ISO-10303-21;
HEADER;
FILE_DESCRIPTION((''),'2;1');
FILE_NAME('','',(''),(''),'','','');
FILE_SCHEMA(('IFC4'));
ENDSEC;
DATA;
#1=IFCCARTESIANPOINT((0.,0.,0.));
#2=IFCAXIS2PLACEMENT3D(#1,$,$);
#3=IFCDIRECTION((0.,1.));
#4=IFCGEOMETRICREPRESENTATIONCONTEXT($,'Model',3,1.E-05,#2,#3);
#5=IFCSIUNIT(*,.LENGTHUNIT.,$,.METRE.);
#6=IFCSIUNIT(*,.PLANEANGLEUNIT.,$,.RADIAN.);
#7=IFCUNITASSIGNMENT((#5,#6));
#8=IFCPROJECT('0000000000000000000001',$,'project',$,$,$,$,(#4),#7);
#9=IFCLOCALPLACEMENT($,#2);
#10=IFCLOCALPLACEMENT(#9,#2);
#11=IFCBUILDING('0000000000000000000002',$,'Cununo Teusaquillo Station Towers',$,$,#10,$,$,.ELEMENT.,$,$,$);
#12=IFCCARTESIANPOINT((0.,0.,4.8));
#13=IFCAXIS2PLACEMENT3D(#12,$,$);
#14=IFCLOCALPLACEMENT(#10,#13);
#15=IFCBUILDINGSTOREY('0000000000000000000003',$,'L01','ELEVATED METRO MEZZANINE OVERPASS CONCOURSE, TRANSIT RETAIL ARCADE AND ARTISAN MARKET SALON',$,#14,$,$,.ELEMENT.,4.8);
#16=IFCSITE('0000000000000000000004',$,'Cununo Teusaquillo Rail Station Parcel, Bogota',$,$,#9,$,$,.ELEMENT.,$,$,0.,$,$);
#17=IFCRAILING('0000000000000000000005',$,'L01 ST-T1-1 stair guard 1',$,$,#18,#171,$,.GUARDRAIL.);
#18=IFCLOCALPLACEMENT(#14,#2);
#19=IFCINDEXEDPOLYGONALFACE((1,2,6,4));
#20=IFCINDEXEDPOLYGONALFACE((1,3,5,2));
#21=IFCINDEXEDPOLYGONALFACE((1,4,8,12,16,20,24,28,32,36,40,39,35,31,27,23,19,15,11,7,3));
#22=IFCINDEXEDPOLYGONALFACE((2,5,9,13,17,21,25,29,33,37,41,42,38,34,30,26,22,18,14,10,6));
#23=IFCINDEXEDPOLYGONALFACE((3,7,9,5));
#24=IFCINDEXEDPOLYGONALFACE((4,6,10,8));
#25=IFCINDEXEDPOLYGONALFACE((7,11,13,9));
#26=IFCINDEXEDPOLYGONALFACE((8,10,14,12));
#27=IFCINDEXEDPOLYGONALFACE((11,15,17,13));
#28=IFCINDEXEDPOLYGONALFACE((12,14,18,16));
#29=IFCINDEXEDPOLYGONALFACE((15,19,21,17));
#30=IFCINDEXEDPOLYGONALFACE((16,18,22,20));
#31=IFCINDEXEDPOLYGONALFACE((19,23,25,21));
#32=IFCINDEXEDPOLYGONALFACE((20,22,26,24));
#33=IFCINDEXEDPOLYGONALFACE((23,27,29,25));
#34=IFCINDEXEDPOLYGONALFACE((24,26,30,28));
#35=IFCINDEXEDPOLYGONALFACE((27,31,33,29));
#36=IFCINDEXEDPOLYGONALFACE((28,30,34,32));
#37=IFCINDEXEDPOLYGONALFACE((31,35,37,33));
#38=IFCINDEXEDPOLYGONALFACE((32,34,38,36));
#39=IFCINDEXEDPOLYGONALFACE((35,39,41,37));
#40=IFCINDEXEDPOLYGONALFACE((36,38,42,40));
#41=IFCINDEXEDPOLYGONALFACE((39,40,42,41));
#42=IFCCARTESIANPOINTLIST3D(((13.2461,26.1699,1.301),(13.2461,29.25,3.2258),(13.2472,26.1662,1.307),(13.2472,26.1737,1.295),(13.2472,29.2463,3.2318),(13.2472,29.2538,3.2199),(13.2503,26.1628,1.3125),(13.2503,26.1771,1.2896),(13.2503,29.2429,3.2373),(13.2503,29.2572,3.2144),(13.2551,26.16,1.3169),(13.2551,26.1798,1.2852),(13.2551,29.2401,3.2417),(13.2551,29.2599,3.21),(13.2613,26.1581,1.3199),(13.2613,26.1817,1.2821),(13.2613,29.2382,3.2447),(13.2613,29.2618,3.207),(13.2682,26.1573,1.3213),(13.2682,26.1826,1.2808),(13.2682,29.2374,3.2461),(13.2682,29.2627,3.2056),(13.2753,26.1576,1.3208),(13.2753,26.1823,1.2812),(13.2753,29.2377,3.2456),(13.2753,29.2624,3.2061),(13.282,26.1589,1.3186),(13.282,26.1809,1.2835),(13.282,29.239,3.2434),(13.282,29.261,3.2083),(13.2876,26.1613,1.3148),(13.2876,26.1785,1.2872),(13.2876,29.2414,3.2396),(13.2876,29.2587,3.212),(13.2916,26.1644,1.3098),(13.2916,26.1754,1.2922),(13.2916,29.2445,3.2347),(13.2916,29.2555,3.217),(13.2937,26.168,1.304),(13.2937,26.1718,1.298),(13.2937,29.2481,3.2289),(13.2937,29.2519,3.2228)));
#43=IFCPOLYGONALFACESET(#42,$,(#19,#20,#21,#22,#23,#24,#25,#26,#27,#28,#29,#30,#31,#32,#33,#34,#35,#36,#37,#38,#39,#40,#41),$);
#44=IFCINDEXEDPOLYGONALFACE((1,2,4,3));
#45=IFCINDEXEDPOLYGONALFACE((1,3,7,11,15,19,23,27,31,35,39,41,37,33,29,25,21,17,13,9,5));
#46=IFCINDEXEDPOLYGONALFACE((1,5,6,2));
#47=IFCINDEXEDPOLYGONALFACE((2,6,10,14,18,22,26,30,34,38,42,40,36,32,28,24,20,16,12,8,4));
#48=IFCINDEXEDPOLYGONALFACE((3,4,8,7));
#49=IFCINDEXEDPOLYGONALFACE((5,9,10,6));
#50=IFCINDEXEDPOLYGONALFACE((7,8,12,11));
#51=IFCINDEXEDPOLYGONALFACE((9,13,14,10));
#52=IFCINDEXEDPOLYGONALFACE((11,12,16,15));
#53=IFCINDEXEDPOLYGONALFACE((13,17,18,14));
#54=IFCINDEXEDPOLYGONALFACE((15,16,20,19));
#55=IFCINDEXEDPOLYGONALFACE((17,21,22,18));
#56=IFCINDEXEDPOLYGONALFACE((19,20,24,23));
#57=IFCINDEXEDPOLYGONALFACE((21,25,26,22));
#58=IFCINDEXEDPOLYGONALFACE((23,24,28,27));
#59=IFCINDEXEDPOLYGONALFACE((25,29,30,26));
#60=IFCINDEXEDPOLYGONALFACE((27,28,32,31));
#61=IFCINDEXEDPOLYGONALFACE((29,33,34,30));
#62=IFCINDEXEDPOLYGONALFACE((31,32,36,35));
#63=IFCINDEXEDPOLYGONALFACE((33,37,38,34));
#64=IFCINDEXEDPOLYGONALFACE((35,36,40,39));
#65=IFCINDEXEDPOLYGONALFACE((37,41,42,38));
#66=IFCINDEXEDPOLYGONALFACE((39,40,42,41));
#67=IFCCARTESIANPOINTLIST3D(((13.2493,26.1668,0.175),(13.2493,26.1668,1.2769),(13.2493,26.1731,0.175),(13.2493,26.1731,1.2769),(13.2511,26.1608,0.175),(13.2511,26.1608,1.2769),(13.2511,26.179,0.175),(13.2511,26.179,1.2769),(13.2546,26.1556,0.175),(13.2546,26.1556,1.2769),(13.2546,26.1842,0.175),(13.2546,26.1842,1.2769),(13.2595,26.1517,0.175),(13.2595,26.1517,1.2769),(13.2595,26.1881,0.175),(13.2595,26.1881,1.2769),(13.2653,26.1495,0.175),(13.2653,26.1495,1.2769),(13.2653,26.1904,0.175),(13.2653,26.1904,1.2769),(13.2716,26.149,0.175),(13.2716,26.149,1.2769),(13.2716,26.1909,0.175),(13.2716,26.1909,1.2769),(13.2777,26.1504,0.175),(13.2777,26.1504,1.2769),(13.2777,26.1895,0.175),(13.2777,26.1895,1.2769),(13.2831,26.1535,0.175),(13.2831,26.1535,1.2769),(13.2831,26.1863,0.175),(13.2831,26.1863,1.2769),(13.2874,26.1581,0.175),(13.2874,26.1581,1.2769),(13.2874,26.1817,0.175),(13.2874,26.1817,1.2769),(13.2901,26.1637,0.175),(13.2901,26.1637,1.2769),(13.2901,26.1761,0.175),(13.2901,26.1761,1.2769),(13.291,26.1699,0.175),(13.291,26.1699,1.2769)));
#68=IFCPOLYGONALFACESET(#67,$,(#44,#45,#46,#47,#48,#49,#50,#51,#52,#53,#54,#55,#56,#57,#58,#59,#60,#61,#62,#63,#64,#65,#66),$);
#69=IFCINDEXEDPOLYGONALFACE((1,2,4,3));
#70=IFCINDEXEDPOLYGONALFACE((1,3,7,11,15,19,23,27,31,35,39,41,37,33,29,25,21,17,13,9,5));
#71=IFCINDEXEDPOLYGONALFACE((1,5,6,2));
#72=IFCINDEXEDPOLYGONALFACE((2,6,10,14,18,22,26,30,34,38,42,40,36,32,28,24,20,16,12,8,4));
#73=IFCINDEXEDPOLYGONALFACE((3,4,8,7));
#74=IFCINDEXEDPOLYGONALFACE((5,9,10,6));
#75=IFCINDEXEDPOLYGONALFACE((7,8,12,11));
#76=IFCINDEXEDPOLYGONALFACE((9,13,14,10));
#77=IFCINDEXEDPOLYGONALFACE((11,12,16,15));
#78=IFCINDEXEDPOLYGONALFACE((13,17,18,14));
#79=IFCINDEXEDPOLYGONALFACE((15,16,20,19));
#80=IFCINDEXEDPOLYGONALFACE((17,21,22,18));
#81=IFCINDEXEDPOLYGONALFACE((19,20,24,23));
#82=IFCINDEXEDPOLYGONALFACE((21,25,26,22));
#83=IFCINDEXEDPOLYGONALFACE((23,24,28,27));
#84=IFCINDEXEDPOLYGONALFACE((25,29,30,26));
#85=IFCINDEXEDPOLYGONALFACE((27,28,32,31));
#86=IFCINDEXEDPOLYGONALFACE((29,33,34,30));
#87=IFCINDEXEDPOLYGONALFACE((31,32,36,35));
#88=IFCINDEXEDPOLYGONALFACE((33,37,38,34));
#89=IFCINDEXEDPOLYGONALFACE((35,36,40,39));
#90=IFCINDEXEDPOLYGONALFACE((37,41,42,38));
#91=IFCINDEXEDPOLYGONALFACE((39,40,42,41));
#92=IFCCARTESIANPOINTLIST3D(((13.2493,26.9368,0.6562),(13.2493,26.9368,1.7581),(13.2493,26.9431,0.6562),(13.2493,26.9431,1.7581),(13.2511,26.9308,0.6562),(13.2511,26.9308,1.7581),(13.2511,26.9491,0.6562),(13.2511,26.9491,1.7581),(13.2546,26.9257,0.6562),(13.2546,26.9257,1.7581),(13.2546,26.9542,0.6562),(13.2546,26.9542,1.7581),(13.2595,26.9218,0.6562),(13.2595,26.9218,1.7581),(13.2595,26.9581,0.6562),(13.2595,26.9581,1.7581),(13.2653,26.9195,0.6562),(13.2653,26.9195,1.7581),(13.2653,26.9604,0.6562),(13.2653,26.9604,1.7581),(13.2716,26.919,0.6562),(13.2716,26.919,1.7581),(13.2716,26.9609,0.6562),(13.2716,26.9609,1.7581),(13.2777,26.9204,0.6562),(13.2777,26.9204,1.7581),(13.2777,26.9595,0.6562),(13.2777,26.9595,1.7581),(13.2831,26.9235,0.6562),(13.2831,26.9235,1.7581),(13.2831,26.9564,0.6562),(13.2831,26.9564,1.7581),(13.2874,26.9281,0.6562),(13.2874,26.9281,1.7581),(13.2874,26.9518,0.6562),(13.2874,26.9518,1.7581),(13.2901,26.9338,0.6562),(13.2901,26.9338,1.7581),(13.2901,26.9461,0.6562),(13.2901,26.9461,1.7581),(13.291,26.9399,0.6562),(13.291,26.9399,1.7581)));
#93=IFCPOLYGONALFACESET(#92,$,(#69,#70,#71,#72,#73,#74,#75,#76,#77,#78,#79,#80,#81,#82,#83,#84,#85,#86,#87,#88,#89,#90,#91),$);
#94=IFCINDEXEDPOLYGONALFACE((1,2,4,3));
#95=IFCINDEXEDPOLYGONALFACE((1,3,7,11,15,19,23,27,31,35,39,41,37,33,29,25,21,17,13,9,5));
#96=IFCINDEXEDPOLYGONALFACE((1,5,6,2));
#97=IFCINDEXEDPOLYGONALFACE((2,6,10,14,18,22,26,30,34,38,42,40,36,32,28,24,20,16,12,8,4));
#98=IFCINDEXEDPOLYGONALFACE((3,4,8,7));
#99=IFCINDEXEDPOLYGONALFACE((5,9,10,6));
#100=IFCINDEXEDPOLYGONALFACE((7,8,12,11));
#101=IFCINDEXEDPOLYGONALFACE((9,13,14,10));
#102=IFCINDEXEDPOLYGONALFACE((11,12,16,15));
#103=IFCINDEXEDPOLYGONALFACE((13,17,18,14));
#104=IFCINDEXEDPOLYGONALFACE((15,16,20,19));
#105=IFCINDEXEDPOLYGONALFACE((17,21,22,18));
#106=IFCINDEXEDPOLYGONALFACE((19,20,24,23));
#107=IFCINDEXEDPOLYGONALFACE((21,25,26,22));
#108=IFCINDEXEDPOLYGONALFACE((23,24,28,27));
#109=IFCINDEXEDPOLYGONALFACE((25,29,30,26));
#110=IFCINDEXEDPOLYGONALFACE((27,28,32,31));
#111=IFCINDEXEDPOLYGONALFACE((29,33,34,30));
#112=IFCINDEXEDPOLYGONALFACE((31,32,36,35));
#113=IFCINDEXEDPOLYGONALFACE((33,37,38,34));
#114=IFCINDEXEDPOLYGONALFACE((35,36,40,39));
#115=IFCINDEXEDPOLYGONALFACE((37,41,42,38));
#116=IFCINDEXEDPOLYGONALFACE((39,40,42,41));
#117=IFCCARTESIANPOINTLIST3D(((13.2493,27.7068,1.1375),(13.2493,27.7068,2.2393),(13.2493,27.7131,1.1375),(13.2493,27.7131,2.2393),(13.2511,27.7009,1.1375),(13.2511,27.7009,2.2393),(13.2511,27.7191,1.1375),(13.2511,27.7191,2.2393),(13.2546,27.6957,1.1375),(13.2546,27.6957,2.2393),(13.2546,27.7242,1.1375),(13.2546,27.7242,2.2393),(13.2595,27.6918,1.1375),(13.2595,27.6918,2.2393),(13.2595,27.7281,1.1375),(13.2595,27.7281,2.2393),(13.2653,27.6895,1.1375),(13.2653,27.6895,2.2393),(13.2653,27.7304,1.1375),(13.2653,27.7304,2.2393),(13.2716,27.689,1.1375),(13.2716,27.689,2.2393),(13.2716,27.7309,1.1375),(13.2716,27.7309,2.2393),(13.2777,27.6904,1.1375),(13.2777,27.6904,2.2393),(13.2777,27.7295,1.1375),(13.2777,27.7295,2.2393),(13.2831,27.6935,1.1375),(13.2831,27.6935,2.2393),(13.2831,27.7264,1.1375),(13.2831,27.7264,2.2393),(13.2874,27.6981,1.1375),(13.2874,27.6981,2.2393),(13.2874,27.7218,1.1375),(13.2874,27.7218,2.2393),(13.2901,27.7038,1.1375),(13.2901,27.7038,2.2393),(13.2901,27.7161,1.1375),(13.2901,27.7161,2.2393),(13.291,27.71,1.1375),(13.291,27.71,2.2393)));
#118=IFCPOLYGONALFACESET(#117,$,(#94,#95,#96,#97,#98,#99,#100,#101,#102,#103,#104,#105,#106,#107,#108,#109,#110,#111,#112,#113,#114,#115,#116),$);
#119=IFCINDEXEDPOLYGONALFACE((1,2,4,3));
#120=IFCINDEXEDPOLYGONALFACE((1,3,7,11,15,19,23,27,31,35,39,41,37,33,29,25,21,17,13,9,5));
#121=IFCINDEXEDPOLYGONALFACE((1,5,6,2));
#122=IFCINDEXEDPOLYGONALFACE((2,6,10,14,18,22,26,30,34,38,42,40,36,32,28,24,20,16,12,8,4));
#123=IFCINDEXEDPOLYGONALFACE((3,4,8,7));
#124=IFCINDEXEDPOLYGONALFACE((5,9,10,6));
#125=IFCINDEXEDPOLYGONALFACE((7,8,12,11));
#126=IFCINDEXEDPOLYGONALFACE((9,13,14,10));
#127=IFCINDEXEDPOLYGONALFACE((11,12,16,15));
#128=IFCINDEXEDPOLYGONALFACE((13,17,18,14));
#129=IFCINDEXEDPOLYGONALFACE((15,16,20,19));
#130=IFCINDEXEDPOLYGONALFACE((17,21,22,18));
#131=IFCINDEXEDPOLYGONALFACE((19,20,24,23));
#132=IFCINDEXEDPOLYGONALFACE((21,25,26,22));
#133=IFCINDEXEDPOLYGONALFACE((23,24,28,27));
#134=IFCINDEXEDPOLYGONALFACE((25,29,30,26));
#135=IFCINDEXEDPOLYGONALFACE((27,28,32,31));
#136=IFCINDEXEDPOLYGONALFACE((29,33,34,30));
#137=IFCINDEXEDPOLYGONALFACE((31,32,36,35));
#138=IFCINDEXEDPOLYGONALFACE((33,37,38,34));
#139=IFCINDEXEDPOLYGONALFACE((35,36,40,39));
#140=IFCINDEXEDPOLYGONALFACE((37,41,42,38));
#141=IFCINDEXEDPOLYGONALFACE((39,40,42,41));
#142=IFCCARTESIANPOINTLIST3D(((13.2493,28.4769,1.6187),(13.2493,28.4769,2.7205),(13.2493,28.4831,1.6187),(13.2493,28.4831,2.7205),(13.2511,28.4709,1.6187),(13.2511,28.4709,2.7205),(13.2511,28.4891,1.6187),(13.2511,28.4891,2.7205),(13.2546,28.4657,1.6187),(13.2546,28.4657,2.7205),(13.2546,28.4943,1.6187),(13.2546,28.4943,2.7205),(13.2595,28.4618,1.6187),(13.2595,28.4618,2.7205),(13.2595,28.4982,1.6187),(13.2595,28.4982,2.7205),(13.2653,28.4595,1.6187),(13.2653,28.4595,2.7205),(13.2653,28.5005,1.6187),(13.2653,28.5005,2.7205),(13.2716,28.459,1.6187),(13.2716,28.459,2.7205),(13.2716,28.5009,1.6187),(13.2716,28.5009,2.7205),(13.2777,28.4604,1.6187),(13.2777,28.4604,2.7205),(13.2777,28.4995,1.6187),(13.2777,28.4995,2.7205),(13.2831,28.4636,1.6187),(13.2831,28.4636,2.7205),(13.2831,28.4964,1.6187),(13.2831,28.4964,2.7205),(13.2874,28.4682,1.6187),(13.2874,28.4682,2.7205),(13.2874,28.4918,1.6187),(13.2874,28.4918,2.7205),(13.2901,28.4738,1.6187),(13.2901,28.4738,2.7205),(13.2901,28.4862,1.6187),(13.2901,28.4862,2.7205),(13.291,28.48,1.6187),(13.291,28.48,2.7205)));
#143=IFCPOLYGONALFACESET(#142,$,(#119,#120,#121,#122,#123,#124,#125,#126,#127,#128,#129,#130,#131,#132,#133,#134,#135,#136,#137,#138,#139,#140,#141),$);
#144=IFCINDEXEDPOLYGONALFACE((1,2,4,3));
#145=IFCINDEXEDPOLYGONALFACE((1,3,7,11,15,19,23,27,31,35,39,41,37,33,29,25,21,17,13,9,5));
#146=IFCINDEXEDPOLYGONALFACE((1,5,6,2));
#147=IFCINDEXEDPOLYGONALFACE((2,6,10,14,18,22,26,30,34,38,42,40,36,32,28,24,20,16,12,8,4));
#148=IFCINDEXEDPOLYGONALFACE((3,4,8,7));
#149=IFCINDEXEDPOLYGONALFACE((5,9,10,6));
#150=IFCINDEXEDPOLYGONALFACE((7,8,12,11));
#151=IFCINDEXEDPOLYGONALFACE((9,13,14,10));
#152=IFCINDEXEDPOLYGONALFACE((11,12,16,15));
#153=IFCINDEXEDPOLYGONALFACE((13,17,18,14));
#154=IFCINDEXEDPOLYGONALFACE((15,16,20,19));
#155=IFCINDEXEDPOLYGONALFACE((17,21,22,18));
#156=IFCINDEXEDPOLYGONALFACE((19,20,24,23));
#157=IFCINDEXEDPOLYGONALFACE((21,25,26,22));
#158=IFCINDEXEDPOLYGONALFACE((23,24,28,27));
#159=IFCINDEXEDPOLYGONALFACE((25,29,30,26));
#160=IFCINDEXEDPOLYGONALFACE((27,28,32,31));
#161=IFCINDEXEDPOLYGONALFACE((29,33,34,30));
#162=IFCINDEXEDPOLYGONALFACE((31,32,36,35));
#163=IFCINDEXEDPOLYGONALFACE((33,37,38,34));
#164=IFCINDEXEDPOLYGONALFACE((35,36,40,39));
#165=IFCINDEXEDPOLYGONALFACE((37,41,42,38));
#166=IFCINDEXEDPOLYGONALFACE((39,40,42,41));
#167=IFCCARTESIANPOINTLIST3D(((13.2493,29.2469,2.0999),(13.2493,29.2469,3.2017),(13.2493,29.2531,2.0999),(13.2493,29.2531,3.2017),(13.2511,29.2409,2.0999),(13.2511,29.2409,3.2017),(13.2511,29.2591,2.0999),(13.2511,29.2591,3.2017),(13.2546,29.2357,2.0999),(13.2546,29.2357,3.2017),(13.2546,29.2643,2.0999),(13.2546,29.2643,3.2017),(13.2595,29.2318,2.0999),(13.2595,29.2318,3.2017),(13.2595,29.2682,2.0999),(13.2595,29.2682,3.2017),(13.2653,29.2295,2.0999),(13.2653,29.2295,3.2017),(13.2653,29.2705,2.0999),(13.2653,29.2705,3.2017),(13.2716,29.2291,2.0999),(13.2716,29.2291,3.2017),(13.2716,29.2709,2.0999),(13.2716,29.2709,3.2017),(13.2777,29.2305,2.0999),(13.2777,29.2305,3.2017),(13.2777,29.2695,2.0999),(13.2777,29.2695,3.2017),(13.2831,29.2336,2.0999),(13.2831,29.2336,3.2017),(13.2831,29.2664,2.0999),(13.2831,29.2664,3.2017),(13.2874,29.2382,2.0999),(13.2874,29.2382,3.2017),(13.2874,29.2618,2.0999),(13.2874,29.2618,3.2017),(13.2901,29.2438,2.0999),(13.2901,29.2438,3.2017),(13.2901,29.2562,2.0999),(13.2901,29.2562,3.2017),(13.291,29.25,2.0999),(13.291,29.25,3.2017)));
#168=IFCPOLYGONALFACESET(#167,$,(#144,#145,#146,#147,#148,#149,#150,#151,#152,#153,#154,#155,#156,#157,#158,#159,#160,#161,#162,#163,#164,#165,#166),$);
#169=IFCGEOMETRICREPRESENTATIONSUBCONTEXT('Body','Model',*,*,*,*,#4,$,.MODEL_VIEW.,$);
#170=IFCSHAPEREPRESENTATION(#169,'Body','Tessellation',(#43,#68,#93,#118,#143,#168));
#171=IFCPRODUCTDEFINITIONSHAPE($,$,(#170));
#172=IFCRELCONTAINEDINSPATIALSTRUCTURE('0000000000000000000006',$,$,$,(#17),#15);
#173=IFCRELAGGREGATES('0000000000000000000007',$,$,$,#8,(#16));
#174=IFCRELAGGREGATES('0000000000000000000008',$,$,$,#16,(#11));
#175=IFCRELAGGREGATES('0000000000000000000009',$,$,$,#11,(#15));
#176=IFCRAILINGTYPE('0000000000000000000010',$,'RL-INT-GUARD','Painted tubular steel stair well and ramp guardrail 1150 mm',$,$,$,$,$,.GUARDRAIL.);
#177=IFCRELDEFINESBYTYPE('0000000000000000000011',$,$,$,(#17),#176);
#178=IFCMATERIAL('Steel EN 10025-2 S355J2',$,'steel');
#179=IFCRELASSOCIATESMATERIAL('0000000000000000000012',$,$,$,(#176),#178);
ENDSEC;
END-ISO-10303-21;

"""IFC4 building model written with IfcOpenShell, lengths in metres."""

from ifc_helpers import new_model, si_unit, direction, frame, origin, origin_2d, place, context, subcontext, project, spatial, circle, extrude, material, type_object, element, save


model = new_model("IFC4")

# Units and contexts
model_context = context("Model", 3, precision=1e-05, world=origin(), true_north=direction((0.0, 1.0)))
body_context = subcontext(model_context, "Body", "Model", "MODEL_VIEW")
ifc_project = project(units=[si_unit("LENGTHUNIT", "METRE"), si_unit("PLANEANGLEUNIT", "RADIAN")], contexts=[model_context])

# Site, building, storey
site_placement = place(None, origin())
site = spatial("IfcSite", under=ifc_project, at=site_placement, Name="Cununo Teusaquillo Rail Station Parcel, Bogota", CompositionType="ELEMENT", RefElevation=0.0)
building_placement = place(site_placement, origin())
building = spatial("IfcBuilding", under=site, at=building_placement, Name="Cununo Teusaquillo Station Towers", CompositionType="ELEMENT")
storey_placement = place(building_placement, frame((0.0, 0.0, 4.8)))
storey = spatial("IfcBuildingStorey", under=building, at=storey_placement, Name="L01", Description="ELEVATED METRO MEZZANINE OVERPASS CONCOURSE, TRANSIT RETAIL ARCADE AND ARTISAN MARKET SALON", CompositionType="ELEMENT", Elevation=4.8)

# Railing
ifc_material_1 = material(Name="Steel EN 10025-2 S355J2", Category="steel")
railing_type_1 = type_object("IfcRailingType", Name="RL-INT-GUARD", Description="Painted tubular steel stair well and ramp guardrail 1150 mm", PredefinedType="GUARDRAIL", material=ifc_material_1)
railing_1_placement = place(storey_placement, frame((13.27, 26.1699, 0.175)))
element("IfcRailing", 1, at=railing_1_placement, inside=storey, type_object=railing_type_1, Name="L01 ST-T1-1 stair guard 1", PredefinedType="GUARDRAIL", context=body_context, shape_type="SweptSolid", body=[
    extrude(circle(Radius=0.0239, at=origin_2d()), frame((0.0, 0.0, 1.126), z_axis=(0.0, 0.848029, 0.529951), x_axis=(-1.0, 0.0, 0.0)), (0.0, 0.0, 1.0), 3.6321),
    extrude(circle(Radius=0.021, at=origin_2d()), origin(), (0.0, 0.0, 1.0), 1.1018),
    extrude(circle(Radius=0.021, at=origin_2d()), frame((0.0, 0.77, 0.4812)), (0.0, 0.0, 1.0), 1.1018),
    extrude(circle(Radius=0.021, at=origin_2d()), frame((0.0, 1.54, 0.9624)), (0.0, 0.0, 1.0), 1.1018),
    extrude(circle(Radius=0.021, at=origin_2d()), frame((0.0, 2.3101, 1.4436)), (0.0, 0.0, 1.0), 1.1018),
    extrude(circle(Radius=0.021, at=origin_2d()), frame((0.0, 3.0801, 1.9248)), (0.0, 0.0, 1.0), 1.1018),
])

save(model, "model.ifc")
